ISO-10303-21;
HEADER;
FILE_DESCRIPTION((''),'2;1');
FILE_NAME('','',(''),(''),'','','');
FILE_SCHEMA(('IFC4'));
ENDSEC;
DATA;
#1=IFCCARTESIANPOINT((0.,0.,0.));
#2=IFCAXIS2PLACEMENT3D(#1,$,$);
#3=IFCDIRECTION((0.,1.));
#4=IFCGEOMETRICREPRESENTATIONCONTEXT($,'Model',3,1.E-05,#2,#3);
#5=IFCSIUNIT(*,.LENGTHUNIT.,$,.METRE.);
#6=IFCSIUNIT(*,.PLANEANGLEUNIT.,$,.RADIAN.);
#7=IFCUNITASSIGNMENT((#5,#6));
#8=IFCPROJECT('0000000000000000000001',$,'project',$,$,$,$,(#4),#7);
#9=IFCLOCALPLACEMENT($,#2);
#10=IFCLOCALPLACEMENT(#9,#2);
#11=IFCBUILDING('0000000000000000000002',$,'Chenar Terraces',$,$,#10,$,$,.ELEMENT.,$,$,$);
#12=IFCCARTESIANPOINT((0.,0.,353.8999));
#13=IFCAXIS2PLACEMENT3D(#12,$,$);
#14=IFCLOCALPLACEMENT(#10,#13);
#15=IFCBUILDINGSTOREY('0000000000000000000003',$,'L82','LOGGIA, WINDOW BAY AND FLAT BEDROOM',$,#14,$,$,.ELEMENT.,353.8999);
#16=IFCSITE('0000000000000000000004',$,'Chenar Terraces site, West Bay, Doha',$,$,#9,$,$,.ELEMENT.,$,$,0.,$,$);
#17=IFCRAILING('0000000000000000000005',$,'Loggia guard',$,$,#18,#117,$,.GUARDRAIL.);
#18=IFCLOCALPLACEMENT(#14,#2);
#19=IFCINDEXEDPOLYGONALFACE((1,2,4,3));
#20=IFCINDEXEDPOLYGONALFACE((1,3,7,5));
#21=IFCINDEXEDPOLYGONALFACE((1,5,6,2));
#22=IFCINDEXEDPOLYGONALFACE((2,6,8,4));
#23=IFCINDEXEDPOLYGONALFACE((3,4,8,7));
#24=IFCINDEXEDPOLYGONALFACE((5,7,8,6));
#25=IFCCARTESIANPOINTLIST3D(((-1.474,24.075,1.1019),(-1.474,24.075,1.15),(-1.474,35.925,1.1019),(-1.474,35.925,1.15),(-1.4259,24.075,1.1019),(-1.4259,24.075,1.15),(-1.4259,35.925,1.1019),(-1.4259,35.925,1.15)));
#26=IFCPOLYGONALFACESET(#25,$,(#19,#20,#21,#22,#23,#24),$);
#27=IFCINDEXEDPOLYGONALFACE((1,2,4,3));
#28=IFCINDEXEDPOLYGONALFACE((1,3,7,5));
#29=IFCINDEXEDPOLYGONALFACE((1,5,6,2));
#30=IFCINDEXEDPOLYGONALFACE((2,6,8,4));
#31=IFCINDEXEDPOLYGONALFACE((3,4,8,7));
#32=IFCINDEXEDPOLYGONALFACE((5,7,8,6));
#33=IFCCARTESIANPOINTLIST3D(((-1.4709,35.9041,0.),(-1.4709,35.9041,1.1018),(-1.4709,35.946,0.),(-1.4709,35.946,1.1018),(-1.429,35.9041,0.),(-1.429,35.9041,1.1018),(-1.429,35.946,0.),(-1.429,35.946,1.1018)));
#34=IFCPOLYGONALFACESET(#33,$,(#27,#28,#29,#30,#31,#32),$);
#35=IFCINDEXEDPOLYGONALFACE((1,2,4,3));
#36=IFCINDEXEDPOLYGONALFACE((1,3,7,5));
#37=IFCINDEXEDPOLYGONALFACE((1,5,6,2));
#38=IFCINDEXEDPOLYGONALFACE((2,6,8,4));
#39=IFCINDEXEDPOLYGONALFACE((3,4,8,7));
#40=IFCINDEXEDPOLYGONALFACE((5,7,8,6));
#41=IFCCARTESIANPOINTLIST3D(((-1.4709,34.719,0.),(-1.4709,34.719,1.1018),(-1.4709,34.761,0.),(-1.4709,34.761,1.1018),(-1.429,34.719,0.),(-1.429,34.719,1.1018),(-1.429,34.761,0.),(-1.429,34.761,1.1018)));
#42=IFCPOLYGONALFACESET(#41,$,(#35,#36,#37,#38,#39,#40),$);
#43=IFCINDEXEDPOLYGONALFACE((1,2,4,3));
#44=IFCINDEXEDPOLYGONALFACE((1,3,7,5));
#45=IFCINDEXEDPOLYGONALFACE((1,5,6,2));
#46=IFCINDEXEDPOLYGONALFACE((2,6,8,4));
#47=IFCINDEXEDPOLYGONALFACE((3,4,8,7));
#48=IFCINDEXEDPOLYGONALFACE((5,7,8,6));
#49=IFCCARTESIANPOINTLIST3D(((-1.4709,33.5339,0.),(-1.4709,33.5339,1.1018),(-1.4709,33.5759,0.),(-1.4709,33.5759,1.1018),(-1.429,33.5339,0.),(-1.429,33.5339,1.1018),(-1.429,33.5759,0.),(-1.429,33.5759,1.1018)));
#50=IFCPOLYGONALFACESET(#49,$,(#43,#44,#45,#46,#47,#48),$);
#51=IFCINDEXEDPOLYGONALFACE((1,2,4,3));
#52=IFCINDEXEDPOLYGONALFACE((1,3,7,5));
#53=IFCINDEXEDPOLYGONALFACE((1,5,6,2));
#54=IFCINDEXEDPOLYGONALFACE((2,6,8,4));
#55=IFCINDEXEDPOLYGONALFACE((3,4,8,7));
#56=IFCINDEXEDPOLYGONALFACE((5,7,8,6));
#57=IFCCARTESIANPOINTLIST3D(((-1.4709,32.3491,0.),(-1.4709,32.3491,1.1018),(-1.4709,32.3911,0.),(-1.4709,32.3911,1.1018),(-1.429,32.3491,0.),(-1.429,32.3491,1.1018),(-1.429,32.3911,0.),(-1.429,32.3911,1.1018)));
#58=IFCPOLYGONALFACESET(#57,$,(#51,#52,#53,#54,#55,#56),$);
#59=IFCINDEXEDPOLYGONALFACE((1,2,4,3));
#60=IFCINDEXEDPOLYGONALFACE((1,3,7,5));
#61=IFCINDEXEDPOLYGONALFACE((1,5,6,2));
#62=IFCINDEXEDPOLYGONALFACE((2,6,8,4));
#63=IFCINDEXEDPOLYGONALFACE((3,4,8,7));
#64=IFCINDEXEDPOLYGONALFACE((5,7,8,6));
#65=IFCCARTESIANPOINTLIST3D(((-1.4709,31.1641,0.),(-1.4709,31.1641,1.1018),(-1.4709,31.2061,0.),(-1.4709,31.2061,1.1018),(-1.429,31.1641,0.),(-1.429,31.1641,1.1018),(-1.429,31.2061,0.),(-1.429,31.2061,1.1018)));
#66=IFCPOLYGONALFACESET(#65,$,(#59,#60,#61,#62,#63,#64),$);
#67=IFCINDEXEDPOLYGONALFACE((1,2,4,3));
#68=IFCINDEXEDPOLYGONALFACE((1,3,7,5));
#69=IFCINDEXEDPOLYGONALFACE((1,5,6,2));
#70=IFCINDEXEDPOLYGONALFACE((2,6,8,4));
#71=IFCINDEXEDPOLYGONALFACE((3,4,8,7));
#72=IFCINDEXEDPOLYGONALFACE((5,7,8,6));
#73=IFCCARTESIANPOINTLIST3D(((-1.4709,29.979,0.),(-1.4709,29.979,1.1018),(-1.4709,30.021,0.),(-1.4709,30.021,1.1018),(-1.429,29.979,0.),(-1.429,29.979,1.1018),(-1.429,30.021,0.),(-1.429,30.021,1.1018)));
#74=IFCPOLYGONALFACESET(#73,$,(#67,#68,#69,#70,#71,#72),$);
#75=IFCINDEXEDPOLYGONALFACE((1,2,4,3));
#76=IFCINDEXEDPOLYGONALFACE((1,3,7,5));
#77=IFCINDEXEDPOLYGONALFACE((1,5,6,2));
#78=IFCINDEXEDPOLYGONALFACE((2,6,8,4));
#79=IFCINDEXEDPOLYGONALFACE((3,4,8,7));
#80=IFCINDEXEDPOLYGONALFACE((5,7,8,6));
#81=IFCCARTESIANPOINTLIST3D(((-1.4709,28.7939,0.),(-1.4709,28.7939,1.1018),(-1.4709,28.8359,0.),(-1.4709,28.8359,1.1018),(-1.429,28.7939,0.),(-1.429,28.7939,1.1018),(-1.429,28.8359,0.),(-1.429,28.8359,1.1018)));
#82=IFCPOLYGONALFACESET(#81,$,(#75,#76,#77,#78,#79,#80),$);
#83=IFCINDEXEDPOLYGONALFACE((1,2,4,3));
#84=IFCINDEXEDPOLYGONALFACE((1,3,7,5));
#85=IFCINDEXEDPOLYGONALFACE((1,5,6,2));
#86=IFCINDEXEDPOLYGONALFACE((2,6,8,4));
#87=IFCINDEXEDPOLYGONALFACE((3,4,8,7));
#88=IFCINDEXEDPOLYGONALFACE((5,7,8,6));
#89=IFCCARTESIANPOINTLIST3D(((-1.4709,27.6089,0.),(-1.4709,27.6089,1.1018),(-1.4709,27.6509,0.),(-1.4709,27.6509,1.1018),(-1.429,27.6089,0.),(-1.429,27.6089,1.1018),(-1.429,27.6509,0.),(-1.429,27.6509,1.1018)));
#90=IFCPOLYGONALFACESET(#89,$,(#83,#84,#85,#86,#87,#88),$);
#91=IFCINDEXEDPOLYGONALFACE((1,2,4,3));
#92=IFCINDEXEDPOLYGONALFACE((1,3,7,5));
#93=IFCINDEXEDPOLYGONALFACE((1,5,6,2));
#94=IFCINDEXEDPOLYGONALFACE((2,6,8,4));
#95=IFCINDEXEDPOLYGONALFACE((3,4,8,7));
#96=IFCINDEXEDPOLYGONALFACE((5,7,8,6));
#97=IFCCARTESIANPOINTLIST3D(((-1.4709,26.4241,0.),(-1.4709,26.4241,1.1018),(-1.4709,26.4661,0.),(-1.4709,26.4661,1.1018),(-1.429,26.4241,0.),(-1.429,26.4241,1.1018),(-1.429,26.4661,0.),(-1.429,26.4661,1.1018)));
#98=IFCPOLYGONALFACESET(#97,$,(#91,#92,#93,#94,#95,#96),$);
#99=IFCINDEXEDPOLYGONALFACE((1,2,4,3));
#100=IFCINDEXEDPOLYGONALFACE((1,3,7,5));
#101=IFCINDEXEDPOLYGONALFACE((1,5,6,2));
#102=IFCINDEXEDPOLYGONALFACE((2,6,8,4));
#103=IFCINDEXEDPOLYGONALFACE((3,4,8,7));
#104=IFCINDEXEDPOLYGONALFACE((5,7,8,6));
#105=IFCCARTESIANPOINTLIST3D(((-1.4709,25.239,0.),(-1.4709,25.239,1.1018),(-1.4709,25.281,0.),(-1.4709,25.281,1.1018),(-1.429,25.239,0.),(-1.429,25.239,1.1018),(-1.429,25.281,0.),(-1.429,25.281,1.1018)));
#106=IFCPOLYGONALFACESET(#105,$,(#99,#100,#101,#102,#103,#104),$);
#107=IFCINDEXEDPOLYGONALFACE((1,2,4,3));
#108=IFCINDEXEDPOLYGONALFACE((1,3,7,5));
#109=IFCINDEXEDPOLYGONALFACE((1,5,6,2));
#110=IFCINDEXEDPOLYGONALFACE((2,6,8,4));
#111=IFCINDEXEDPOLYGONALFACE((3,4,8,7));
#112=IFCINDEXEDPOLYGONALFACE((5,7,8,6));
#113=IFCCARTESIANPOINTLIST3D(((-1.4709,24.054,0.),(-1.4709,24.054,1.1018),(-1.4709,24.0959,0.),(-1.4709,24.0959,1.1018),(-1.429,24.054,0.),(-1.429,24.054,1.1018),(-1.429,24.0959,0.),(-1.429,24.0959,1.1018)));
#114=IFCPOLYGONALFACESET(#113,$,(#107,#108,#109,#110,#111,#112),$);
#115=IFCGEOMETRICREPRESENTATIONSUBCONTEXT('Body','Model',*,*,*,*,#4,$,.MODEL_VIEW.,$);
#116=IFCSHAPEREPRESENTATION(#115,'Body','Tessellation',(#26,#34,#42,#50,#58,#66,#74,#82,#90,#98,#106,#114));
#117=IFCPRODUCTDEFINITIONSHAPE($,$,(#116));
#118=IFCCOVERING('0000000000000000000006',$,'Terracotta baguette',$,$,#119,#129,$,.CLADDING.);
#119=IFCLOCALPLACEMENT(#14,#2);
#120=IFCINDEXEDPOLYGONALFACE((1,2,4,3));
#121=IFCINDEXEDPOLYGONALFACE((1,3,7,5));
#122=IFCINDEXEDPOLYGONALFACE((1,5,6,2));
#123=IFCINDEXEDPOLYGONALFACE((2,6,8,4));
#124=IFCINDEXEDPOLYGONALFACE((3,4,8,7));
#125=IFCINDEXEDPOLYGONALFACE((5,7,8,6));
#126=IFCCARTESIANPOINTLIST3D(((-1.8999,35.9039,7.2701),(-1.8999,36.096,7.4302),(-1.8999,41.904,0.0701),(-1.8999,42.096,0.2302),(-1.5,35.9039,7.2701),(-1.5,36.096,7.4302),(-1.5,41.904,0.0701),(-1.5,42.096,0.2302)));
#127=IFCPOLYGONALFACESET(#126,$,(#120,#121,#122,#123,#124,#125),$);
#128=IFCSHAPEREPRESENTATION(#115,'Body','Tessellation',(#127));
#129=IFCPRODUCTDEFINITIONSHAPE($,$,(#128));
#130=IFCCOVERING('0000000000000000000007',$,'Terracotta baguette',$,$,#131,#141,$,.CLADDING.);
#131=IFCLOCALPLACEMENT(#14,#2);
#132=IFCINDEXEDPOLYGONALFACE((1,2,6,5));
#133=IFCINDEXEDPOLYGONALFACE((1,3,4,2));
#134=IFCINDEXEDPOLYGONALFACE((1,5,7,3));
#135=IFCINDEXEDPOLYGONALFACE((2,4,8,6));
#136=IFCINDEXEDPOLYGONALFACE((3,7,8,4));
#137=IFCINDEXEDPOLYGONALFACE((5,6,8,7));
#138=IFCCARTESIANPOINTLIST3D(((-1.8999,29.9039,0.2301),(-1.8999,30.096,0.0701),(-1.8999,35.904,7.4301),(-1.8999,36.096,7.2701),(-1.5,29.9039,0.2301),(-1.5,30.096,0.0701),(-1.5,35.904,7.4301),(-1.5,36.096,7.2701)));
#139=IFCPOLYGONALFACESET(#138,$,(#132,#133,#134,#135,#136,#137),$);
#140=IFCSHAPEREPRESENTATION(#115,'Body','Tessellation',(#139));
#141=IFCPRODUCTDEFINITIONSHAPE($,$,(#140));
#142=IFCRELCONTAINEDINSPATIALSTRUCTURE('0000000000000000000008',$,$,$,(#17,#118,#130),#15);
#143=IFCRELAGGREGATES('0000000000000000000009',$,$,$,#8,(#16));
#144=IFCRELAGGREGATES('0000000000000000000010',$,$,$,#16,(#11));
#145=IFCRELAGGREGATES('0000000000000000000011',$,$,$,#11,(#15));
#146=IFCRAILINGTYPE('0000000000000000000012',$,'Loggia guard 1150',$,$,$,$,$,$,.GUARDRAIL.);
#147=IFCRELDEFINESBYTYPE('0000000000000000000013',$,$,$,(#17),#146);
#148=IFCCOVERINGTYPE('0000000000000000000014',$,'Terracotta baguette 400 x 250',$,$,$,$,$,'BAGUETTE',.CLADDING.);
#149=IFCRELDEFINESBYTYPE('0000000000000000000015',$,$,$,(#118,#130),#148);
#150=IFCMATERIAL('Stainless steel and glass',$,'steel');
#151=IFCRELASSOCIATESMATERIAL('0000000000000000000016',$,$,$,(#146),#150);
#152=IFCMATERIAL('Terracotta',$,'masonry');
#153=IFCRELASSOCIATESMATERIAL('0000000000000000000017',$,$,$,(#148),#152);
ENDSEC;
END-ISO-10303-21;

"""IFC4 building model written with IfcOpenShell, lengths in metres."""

from ifc_helpers import new_model, si_unit, direction, frame, origin, origin_2d, place, context, subcontext, project, spatial, rectangle, extrude, material, material_profile, profile_set, type_object, element, save


model = new_model("IFC4")

# Units and contexts
model_context = context("Model", 3, precision=1e-05, world=origin(), true_north=direction((0.0, 1.0)))
body_context = subcontext(model_context, "Body", "Model", "MODEL_VIEW")
ifc_project = project(units=[si_unit("LENGTHUNIT", "METRE"), si_unit("PLANEANGLEUNIT", "RADIAN")], contexts=[model_context])

# Site, building, storey
site_placement = place(None, origin())
site = spatial("IfcSite", under=ifc_project, at=site_placement, Name="Chenar Terraces site, West Bay, Doha", CompositionType="ELEMENT", RefElevation=0.0)
building_placement = place(site_placement, origin())
building = spatial("IfcBuilding", under=site, at=building_placement, Name="Chenar Terraces", CompositionType="ELEMENT")
storey_placement = place(building_placement, frame((0.0, 0.0, 353.8999)))
storey = spatial("IfcBuildingStorey", under=building, at=storey_placement, Name="L82", Description="LOGGIA, WINDOW BAY AND FLAT BEDROOM", CompositionType="ELEMENT", Elevation=353.8999)

# Railing
ifc_material_1 = material(Name="Stainless steel and glass", Category="steel")
railing_type = type_object("IfcRailingType", Name="Loggia guard 1150", PredefinedType="GUARDRAIL", material=ifc_material_1)
railing_placement = place(storey_placement, frame((-1.45, 35.925, 0.0)))
element("IfcRailing", 1, at=railing_placement, inside=storey, type_object=railing_type, Name="Loggia guard", PredefinedType="GUARDRAIL", context=body_context, shape_type="SweptSolid", body=[
    extrude(rectangle(XDim=0.0481, YDim=0.0481, at=origin_2d()), frame((0.0, 0.0, 1.126), z_axis=(0.0, -1.0, 0.0), x_axis=(1.0, 0.0, 0.0)), (0.0, 0.0, 1.0), 11.8501),
    extrude(rectangle(XDim=0.042, YDim=0.042, at=origin_2d()), origin(), (0.0, 0.0, 1.0), 1.1018),
    extrude(rectangle(XDim=0.042, YDim=0.042, at=origin_2d()), frame((0.0, -1.1851, 0.0)), (0.0, 0.0, 1.0), 1.1018),
    extrude(rectangle(XDim=0.042, YDim=0.042, at=origin_2d()), frame((0.0, -2.3701, 0.0)), (0.0, 0.0, 1.0), 1.1018),
    extrude(rectangle(XDim=0.042, YDim=0.042, at=origin_2d()), frame((0.0, -3.5549, 0.0)), (0.0, 0.0, 1.0), 1.1018),
    extrude(rectangle(XDim=0.042, YDim=0.042, at=origin_2d()), frame((0.0, -4.74, 0.0)), (0.0, 0.0, 1.0), 1.1018),
    extrude(rectangle(XDim=0.042, YDim=0.042, at=origin_2d()), frame((0.0, -5.925, 0.0)), (0.0, 0.0, 1.0), 1.1018),
    extrude(rectangle(XDim=0.042, YDim=0.042, at=origin_2d()), frame((0.0, -7.1101, 0.0)), (0.0, 0.0, 1.0), 1.1018),
    extrude(rectangle(XDim=0.042, YDim=0.042, at=origin_2d()), frame((0.0, -8.2952, 0.0)), (0.0, 0.0, 1.0), 1.1018),
    extrude(rectangle(XDim=0.042, YDim=0.042, at=origin_2d()), frame((0.0, -9.48, 0.0)), (0.0, 0.0, 1.0), 1.1018),
    extrude(rectangle(XDim=0.042, YDim=0.042, at=origin_2d()), frame((0.0, -10.665, 0.0)), (0.0, 0.0, 1.0), 1.1018),
    extrude(rectangle(XDim=0.042, YDim=0.042, at=origin_2d()), frame((0.0, -11.8501, 0.0)), (0.0, 0.0, 1.0), 1.1018),
])

# Coverings
ifc_material_2 = material(Name="Terracotta", Category="masonry")
ifc_material_profile_1 = material_profile(ifc_material_2, rectangle(XDim=0.3999, YDim=0.25, at=origin_2d()), Name="Terracotta baguette 400 x 250")
ifc_profile_set_1 = profile_set([ifc_material_profile_1], Name="Terracotta")
covering_type = type_object("IfcCoveringType", Name="Terracotta baguette 400 x 250", ElementType="BAGUETTE", PredefinedType="CLADDING", material=ifc_profile_set_1)
for number, where, z_axis, x_axis, name in (
    (2, (-1.7, 42.0, 0.1501), (0.0, -0.640187, 0.768219), (1.0, 0.0, 0.0), "Terracotta baguette"),
    (3, (-1.7, 36.0, 7.3501), (0.0, -0.640187, -0.768219), (1.0, 0.0, 0.0), "Terracotta baguette"),
):
    element("IfcCovering", number, at=place(storey_placement, frame(where, z_axis=z_axis, x_axis=x_axis)), inside=storey, type_object=covering_type, Name=name, PredefinedType="CLADDING", context=body_context, shape_type="SweptSolid", body=[
        extrude(rectangle(XDim=0.3999, YDim=0.25, at=origin_2d()), origin(), (0.0, 0.0, 1.0), 9.3723),
    ])

save(model, "model.ifc")
